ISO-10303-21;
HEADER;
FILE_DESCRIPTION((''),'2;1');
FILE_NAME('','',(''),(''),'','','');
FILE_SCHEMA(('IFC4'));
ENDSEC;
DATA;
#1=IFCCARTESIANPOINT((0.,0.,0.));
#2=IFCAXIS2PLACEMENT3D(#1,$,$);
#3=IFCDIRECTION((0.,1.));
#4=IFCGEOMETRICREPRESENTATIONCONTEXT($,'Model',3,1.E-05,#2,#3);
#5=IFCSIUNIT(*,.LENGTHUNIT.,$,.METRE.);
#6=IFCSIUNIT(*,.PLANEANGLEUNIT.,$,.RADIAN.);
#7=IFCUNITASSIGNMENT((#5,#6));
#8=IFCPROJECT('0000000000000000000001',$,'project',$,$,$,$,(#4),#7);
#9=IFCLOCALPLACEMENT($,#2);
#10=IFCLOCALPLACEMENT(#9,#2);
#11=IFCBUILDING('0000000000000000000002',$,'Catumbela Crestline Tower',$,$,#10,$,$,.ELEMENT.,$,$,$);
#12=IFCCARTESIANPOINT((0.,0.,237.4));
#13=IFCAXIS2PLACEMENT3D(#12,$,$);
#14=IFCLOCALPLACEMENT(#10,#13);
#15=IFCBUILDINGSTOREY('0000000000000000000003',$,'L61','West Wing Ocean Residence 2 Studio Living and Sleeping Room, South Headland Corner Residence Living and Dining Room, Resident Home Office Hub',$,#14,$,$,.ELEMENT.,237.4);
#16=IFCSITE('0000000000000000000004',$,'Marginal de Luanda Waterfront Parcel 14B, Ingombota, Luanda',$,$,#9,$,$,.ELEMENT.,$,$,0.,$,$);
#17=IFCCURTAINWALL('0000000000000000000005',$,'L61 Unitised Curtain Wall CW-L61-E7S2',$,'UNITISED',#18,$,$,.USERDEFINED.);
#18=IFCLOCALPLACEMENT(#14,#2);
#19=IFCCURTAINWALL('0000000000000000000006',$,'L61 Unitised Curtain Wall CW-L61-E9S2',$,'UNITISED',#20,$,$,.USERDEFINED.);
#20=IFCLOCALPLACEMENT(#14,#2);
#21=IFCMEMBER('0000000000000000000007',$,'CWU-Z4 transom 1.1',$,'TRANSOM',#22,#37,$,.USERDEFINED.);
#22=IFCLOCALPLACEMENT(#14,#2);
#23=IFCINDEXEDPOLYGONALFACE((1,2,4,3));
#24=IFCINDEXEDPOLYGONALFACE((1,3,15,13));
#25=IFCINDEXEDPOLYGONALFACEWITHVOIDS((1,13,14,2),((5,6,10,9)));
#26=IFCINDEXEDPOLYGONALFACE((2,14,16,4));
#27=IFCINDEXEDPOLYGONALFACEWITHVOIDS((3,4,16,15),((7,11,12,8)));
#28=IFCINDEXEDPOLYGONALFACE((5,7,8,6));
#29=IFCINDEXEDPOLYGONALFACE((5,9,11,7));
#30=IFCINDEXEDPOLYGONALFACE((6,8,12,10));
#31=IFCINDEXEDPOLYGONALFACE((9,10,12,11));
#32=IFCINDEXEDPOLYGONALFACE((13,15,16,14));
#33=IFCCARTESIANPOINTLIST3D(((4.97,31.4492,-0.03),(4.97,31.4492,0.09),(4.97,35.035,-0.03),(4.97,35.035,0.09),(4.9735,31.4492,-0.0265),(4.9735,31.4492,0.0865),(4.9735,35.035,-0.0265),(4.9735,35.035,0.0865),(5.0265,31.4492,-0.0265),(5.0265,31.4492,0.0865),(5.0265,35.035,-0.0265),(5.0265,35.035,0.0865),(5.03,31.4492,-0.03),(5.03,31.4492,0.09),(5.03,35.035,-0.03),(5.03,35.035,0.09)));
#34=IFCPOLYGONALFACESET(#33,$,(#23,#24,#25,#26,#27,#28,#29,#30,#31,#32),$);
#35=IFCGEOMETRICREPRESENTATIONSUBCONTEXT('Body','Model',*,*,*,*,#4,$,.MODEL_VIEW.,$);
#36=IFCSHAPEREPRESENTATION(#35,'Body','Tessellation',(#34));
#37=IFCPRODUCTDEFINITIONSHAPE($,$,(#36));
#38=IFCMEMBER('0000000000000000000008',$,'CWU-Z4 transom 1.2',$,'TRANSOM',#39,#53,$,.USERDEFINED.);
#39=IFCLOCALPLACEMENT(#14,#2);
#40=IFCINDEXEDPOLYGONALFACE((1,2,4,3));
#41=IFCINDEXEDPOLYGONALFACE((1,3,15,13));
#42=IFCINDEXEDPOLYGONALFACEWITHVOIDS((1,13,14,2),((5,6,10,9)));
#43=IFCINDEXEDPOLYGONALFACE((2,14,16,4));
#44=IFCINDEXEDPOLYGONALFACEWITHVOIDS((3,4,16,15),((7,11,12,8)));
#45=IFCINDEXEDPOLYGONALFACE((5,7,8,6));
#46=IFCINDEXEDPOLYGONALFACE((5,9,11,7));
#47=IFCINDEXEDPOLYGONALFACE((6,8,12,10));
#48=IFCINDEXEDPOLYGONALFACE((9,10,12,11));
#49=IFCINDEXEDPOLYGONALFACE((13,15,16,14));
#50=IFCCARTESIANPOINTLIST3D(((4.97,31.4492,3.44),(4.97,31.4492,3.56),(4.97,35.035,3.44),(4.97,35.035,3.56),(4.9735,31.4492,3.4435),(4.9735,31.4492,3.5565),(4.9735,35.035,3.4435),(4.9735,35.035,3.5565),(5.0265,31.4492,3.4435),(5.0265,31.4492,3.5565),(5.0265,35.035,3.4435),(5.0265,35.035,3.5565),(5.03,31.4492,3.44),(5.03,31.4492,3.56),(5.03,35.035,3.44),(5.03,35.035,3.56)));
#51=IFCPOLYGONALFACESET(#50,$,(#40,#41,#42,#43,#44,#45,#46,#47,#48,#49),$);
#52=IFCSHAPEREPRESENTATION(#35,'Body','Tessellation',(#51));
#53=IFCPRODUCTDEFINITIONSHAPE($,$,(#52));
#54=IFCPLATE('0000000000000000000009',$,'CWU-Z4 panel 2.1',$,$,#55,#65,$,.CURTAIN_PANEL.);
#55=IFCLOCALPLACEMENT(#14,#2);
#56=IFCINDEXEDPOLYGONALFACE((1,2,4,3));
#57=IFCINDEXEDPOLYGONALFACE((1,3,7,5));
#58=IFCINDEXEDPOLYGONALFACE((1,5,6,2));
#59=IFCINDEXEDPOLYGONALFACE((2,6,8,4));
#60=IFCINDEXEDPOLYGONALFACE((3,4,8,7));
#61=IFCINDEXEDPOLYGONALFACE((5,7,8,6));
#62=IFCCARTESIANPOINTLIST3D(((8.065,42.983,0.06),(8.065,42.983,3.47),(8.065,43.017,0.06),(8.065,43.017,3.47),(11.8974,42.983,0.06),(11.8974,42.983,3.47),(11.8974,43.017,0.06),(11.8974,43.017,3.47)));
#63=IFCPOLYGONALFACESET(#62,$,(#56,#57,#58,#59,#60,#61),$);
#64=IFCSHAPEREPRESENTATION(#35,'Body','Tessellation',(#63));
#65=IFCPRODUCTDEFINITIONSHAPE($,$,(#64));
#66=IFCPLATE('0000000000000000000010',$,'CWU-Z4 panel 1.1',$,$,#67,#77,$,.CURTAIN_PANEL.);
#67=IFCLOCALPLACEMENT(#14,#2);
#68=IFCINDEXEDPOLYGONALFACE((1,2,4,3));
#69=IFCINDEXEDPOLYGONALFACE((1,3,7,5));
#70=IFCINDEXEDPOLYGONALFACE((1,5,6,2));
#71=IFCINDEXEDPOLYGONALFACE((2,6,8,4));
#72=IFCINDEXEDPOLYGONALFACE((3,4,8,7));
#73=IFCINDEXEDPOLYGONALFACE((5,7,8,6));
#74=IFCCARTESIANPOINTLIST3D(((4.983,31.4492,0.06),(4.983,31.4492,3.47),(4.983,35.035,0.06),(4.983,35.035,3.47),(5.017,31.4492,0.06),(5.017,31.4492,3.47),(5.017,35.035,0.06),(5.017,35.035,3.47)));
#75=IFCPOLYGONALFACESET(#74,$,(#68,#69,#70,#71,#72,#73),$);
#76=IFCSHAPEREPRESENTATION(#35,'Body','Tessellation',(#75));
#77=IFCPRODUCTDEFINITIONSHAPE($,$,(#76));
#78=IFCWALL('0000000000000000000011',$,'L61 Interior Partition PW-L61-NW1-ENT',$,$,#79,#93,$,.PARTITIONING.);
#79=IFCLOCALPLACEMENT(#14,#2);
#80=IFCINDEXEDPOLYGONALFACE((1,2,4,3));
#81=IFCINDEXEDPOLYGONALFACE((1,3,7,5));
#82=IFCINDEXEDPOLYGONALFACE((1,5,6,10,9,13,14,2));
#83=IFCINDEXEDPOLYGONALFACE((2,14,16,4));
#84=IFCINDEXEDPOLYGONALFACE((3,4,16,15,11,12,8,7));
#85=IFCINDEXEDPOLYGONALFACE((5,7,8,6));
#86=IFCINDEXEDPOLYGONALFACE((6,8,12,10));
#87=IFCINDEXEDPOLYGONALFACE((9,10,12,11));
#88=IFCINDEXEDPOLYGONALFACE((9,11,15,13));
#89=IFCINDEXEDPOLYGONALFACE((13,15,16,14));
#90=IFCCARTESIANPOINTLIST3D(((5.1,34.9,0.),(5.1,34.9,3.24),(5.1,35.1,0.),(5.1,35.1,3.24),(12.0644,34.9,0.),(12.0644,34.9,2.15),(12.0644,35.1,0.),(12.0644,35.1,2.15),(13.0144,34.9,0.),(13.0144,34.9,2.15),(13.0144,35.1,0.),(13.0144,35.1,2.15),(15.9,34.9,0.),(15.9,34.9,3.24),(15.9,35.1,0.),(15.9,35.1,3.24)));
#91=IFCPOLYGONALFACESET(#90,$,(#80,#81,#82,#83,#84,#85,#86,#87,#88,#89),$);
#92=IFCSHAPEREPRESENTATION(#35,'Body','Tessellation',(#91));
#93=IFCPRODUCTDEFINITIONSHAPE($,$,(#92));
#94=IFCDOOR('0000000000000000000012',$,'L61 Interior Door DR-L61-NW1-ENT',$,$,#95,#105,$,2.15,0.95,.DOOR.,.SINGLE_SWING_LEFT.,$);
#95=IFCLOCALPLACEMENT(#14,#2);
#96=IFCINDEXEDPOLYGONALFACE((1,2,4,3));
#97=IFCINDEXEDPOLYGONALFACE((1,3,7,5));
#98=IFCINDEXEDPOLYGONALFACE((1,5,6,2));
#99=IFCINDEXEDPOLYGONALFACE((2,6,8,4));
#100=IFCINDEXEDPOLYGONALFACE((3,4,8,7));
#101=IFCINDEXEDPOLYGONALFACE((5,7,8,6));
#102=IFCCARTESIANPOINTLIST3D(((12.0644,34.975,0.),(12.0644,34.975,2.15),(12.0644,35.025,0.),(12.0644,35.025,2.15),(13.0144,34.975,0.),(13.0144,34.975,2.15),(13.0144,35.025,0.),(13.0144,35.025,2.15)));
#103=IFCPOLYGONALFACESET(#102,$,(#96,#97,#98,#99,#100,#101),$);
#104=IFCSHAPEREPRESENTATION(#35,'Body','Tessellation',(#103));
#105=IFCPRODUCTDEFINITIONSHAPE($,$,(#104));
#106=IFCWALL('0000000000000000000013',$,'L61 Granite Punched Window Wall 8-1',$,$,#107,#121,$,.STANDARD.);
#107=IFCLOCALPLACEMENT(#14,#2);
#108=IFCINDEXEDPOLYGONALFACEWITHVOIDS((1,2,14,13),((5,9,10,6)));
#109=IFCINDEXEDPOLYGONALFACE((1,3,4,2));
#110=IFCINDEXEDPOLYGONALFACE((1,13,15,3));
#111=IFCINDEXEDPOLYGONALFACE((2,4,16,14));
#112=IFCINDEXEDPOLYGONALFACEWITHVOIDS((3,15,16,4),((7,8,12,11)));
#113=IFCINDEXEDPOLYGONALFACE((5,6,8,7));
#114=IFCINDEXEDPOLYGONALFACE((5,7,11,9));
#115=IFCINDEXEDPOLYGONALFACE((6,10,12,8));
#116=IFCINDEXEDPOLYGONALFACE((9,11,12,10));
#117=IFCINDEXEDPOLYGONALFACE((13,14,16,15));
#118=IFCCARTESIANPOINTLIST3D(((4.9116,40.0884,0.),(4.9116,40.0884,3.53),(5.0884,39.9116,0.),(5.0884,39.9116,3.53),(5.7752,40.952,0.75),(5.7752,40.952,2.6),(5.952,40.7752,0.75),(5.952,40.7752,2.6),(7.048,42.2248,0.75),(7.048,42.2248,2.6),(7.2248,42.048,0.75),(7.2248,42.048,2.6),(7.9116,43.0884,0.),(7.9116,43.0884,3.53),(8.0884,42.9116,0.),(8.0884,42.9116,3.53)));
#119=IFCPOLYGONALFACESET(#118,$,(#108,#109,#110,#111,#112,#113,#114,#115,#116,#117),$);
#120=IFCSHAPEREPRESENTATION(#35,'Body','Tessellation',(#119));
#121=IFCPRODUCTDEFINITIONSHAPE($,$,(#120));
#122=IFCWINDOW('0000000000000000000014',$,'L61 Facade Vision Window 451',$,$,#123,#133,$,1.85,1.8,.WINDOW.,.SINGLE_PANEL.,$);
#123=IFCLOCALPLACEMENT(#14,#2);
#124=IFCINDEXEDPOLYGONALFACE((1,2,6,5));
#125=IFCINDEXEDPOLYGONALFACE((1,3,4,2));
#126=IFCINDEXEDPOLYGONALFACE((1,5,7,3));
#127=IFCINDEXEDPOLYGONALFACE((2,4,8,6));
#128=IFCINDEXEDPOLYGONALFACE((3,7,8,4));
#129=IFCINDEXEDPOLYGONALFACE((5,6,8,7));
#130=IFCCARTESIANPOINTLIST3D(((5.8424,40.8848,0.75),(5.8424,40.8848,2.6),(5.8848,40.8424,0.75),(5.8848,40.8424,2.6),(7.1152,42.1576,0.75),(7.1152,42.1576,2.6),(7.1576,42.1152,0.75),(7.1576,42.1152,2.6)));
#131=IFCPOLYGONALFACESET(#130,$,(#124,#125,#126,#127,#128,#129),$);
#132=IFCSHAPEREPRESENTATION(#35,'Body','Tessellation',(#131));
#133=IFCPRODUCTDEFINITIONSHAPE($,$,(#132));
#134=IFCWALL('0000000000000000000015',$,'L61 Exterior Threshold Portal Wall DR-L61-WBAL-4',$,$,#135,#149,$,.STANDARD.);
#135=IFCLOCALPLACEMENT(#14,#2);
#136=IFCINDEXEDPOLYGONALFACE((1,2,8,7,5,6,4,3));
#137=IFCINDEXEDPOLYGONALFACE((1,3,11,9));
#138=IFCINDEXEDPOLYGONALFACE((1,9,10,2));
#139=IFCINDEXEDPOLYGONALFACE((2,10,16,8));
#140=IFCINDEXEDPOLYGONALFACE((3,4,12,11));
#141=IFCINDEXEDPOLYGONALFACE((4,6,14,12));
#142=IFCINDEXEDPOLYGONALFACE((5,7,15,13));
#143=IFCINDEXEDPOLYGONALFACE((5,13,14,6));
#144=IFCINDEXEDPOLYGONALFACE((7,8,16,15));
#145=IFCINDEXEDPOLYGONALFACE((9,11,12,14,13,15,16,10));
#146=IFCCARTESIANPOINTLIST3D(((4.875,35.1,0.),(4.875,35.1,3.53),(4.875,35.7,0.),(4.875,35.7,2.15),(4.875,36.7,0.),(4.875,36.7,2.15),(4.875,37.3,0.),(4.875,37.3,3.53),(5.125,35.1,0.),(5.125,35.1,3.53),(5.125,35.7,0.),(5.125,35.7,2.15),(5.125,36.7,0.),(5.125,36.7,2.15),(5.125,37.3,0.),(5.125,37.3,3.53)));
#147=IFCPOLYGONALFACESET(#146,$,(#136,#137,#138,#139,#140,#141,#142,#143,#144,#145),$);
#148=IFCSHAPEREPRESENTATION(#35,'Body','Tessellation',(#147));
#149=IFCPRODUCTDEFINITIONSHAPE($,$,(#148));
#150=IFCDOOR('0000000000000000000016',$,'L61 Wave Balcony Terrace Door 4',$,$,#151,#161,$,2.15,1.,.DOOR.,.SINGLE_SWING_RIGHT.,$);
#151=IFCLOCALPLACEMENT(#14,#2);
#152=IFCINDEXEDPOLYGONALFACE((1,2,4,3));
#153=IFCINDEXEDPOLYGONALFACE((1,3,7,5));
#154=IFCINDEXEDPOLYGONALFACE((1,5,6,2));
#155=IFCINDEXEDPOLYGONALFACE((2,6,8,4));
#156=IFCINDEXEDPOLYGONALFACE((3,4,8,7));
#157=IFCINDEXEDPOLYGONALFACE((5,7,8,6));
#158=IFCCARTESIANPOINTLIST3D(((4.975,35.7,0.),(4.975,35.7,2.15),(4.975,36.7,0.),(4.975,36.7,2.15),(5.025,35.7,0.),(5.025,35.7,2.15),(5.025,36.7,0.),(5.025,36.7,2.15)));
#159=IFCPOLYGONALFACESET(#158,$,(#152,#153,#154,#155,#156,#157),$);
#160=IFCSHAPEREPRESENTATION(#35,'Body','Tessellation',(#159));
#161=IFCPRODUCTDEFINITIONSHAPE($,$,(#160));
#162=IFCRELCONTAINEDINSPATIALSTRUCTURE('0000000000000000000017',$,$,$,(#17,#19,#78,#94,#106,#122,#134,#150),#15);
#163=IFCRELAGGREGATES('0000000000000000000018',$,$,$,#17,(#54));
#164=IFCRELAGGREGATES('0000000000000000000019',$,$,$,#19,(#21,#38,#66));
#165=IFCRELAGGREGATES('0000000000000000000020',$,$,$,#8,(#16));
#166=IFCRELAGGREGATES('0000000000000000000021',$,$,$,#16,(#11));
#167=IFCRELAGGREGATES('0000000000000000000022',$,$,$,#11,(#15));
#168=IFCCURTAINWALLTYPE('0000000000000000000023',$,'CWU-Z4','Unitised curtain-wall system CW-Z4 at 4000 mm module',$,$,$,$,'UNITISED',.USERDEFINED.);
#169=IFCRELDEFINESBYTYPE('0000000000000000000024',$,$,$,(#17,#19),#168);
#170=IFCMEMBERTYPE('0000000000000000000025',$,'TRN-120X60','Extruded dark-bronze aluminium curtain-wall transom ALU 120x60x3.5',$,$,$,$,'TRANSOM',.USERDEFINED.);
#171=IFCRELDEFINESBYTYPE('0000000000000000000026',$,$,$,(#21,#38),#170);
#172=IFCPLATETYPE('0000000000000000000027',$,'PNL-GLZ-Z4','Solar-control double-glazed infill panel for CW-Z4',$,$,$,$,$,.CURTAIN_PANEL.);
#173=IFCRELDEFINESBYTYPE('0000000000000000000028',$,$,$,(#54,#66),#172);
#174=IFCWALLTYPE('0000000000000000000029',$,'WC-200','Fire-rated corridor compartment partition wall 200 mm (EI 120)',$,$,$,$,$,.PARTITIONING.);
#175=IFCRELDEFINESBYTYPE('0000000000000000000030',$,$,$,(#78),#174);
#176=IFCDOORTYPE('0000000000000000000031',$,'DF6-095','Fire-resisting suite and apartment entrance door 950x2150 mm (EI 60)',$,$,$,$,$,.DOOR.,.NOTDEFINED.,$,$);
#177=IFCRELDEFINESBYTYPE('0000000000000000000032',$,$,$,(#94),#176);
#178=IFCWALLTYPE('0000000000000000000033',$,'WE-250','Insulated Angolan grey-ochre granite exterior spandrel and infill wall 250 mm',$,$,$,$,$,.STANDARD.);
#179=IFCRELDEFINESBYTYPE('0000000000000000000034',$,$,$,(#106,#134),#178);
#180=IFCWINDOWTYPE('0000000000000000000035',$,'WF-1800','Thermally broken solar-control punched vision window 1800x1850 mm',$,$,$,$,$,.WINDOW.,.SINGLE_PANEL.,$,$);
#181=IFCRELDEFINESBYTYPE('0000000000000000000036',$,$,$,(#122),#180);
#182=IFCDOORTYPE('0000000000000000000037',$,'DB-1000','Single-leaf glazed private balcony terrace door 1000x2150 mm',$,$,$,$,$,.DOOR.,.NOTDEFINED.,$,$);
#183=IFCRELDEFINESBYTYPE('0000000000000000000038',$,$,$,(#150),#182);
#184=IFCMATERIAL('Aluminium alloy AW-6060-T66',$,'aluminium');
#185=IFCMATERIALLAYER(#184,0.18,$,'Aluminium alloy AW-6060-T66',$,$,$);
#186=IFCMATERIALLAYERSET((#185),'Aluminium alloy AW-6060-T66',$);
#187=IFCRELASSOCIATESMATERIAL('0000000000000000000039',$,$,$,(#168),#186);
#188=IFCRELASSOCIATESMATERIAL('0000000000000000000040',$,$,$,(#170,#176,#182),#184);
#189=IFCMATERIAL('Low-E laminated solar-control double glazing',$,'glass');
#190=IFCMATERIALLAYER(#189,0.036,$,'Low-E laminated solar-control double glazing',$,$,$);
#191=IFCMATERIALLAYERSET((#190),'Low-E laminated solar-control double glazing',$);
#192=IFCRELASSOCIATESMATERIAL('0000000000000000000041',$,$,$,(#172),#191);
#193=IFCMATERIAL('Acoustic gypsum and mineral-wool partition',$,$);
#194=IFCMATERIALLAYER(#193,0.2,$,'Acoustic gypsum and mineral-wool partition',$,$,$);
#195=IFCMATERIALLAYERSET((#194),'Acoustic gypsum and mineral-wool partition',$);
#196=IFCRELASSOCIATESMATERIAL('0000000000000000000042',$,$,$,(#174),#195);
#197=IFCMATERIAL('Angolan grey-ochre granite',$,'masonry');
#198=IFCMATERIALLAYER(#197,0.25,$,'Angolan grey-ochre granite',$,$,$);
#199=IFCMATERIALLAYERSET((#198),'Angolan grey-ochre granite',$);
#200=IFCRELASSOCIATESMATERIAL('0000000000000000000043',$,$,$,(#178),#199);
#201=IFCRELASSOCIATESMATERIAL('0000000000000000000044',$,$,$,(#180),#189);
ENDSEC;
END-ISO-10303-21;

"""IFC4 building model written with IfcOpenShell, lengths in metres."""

from ifc_helpers import new_model, si_unit, direction, frame, frame_2d, origin, origin_2d, place, context, subcontext, project, spatial, rectangle, hollow_rectangle, extrude, material, layer, layer_set, material_profile, profile_set, type_object, element, fill, aggregate, save


model = new_model("IFC4")

# Units and contexts
model_context = context("Model", 3, precision=1e-05, world=origin(), true_north=direction((0.0, 1.0)))
body_context = subcontext(model_context, "Body", "Model", "MODEL_VIEW")
ifc_project = project(units=[si_unit("LENGTHUNIT", "METRE"), si_unit("PLANEANGLEUNIT", "RADIAN")], contexts=[model_context])

# Site, building, storey
site_placement = place(None, origin())
site = spatial("IfcSite", under=ifc_project, at=site_placement, Name="Marginal de Luanda Waterfront Parcel 14B, Ingombota, Luanda", CompositionType="ELEMENT", RefElevation=0.0)
building_placement = place(site_placement, origin())
building = spatial("IfcBuilding", under=site, at=building_placement, Name="Catumbela Crestline Tower", CompositionType="ELEMENT")
storey_placement = place(building_placement, frame((0.0, 0.0, 237.4)))
storey = spatial("IfcBuildingStorey", under=building, at=storey_placement, Name="L61", Description="West Wing Ocean Residence 2 Studio Living and Sleeping Room, South Headland Corner Residence Living and Dining Room, Resident Home Office Hub", CompositionType="ELEMENT", Elevation=237.4)

# Curtain wall
ifc_material_1 = material(Name="Aluminium alloy AW-6060-T66", Category="aluminium")
ifc_layer_1 = layer(ifc_material_1, 0.18, Name="Aluminium alloy AW-6060-T66")
ifc_layer_set_1 = layer_set([ifc_layer_1], Name="Aluminium alloy AW-6060-T66")
curtain_wall_type = type_object("IfcCurtainWallType", Name="CWU-Z4", Description="Unitised curtain-wall system CW-Z4 at 4000 mm module", ElementType="UNITISED", PredefinedType="USERDEFINED", material=ifc_layer_set_1)
curtain_wall_1_placement = place(storey_placement, origin())
curtain_wall_1 = element("IfcCurtainWall", 1, at=curtain_wall_1_placement, inside=storey, type_object=curtain_wall_type, Name="L61 Unitised Curtain Wall CW-L61-E7S2", ObjectType="UNITISED", PredefinedType="USERDEFINED")

# Curtain wall
curtain_wall_2_placement = place(storey_placement, origin())
curtain_wall_2 = element("IfcCurtainWall", 2, at=curtain_wall_2_placement, inside=storey, type_object=curtain_wall_type, Name="L61 Unitised Curtain Wall CW-L61-E9S2", ObjectType="UNITISED", PredefinedType="USERDEFINED")

# Members
ifc_material_profile_1 = material_profile(ifc_material_1, hollow_rectangle(XDim=0.06, YDim=0.12, WallThickness=0.0035, at=origin_2d()), Name="ALU 120x60x3.5")
ifc_profile_set_1 = profile_set([ifc_material_profile_1], Name="Aluminium alloy AW-6060-T66")
member_type_1 = type_object("IfcMemberType", Name="TRN-120X60", Description="Extruded dark-bronze aluminium curtain-wall transom ALU 120x60x3.5", ElementType="TRANSOM", PredefinedType="USERDEFINED", material=ifc_profile_set_1)
member_1_placement = place(storey_placement, frame((5.0, 35.035, 0.03), z_axis=(0.0, -1.0, 0.0), x_axis=(1.0, 0.0, 0.0)))
member_1 = element("IfcMember", 3, at=member_1_placement, type_object=member_type_1, Name="CWU-Z4 transom 1.1", ObjectType="TRANSOM", PredefinedType="USERDEFINED", context=body_context, shape_type="SweptSolid", body=[
    extrude(hollow_rectangle(XDim=0.06, YDim=0.12, WallThickness=0.0035, at=origin_2d()), origin(), (0.0, 0.0, 1.0), 3.5858),
])
member_2_placement = place(storey_placement, frame((5.0, 35.035, 3.5), z_axis=(0.0, -1.0, 0.0), x_axis=(1.0, 0.0, 0.0)))
member_2 = element("IfcMember", 4, at=member_2_placement, type_object=member_type_1, Name="CWU-Z4 transom 1.2", ObjectType="TRANSOM", PredefinedType="USERDEFINED", context=body_context, shape_type="SweptSolid", body=[
    extrude(hollow_rectangle(XDim=0.06, YDim=0.12, WallThickness=0.0035, at=origin_2d()), origin(), (0.0, 0.0, 1.0), 3.5858),
])

# Plates
ifc_material_2 = material(Name="Low-E laminated solar-control double glazing", Category="glass")
ifc_layer_2 = layer(ifc_material_2, 0.036, Name="Low-E laminated solar-control double glazing")
ifc_layer_set_2 = layer_set([ifc_layer_2], Name="Low-E laminated solar-control double glazing")
plate_type = type_object("IfcPlateType", Name="PNL-GLZ-Z4", Description="Solar-control double-glazed infill panel for CW-Z4", PredefinedType="CURTAIN_PANEL", material=ifc_layer_set_2)
plate_1_placement = place(storey_placement, frame((9.9812, 43.0, 0.06), z_axis=(0.0, 0.0, 1.0), x_axis=(-1.0, 0.0, 0.0)))
plate_1 = element("IfcPlate", 5, at=plate_1_placement, type_object=plate_type, Name="CWU-Z4 panel 2.1", PredefinedType="CURTAIN_PANEL", context=body_context, shape_type="SweptSolid", body=[
    extrude(rectangle(XDim=3.8325, YDim=0.034, at=origin_2d()), origin(), (0.0, 0.0, 1.0), 3.41),
])
aggregate(curtain_wall_1, [plate_1])
plate_2_placement = place(storey_placement, frame((5.0, 33.2421, 0.06), z_axis=(0.0, 0.0, 1.0), x_axis=(0.0, -1.0, 0.0)))
plate_2 = element("IfcPlate", 6, at=plate_2_placement, type_object=plate_type, Name="CWU-Z4 panel 1.1", PredefinedType="CURTAIN_PANEL", context=body_context, shape_type="SweptSolid", body=[
    extrude(rectangle(XDim=3.5858, YDim=0.034, at=origin_2d()), origin(), (0.0, 0.0, 1.0), 3.41),
])
aggregate(curtain_wall_2, [member_1, member_2, plate_2])

# Wall, opening, door
ifc_material_3 = material(Name="Acoustic gypsum and mineral-wool partition")
ifc_layer_3 = layer(ifc_material_3, 0.2, Name="Acoustic gypsum and mineral-wool partition")
ifc_layer_set_3 = layer_set([ifc_layer_3], Name="Acoustic gypsum and mineral-wool partition")
wall_type_1 = type_object("IfcWallType", Name="WC-200", Description="Fire-rated corridor compartment partition wall 200 mm (EI 120)", PredefinedType="PARTITIONING", material=ifc_layer_set_3)
wall_1_placement = place(storey_placement, frame((5.1, 35.0, 0.0), z_axis=(0.0, 0.0, 1.0), x_axis=(1.0, 0.0, 0.0)))
wall_1 = element("IfcWall", 7, at=wall_1_placement, inside=storey, type_object=wall_type_1, Name="L61 Interior Partition PW-L61-NW1-ENT", PredefinedType="PARTITIONING", context=body_context, shape_type="SweptSolid", body=[
    extrude(rectangle(XDim=10.8, YDim=0.2, at=frame_2d((5.4, 0.0))), origin(), (0.0, 0.0, 1.0), 3.24),
])
opening_1_placement = place(wall_1_placement, frame((6.9644, 0.0, 0.0)))
opening_1 = element("IfcOpeningElement", 8, at=opening_1_placement, cuts=wall_1, PredefinedType="OPENING", context=body_context, shape_type="SweptSolid", body=[
    extrude(rectangle(XDim=0.95, YDim=2.15, at=frame_2d((0.475, 1.075))), frame((0.0, 0.11, 0.0), z_axis=(0.0, -1.0, 0.0), x_axis=(1.0, 0.0, 0.0)), (0.0, 0.0, 1.0), 0.22),
])
door_type_1 = type_object("IfcDoorType", Name="DF6-095", Description="Fire-resisting suite and apartment entrance door 950x2150 mm (EI 60)", OperationType="NOTDEFINED", PredefinedType="DOOR", material=ifc_material_1)
door_1_placement = place(opening_1_placement, origin())
door_1 = element("IfcDoor", 9, at=door_1_placement, inside=storey, type_object=door_type_1, Name="L61 Interior Door DR-L61-NW1-ENT", OperationType="SINGLE_SWING_LEFT", OverallHeight=2.15, OverallWidth=0.95, PredefinedType="DOOR", context=body_context, shape_type="SweptSolid", body=[
    extrude(rectangle(XDim=0.95, YDim=2.15, at=frame_2d((0.475, 1.075))), frame((0.0, 0.025, 0.0), z_axis=(0.0, -1.0, 0.0), x_axis=(1.0, 0.0, 0.0)), (0.0, 0.0, 1.0), 0.05),
])
fill(opening_1, door_1)

# Wall, opening, window
ifc_material_4 = material(Name="Angolan grey-ochre granite", Category="masonry")
ifc_layer_4 = layer(ifc_material_4, 0.25, Name="Angolan grey-ochre granite")
ifc_layer_set_4 = layer_set([ifc_layer_4], Name="Angolan grey-ochre granite")
wall_type_2 = type_object("IfcWallType", Name="WE-250", Description="Insulated Angolan grey-ochre granite exterior spandrel and infill wall 250 mm", PredefinedType="STANDARD", material=ifc_layer_set_4)
wall_2_placement = place(storey_placement, frame((8.0, 43.0, 0.0), z_axis=(0.0, 0.0, 1.0), x_axis=(-0.707107, -0.707107, 0.0)))
wall_2 = element("IfcWall", 10, at=wall_2_placement, inside=storey, type_object=wall_type_2, Name="L61 Granite Punched Window Wall 8-1", PredefinedType="STANDARD", context=body_context, shape_type="SweptSolid", body=[
    extrude(rectangle(XDim=4.2426, YDim=0.25, at=frame_2d((2.1213, 0.0))), origin(), (0.0, 0.0, 1.0), 3.53),
])
opening_2_placement = place(wall_2_placement, frame((1.2213, 0.0, 0.75)))
opening_2 = element("IfcOpeningElement", 11, at=opening_2_placement, cuts=wall_2, PredefinedType="OPENING", context=body_context, shape_type="SweptSolid", body=[
    extrude(rectangle(XDim=1.8, YDim=1.85, at=frame_2d((0.9, 0.925))), frame((0.0, 0.135, 0.0), z_axis=(0.0, -1.0, 0.0), x_axis=(1.0, 0.0, 0.0)), (0.0, 0.0, 1.0), 0.27),
])
window_type_1 = type_object("IfcWindowType", Name="WF-1800", Description="Thermally broken solar-control punched vision window 1800x1850 mm", PartitioningType="SINGLE_PANEL", PredefinedType="WINDOW", material=ifc_material_2)
window_1_placement = place(opening_2_placement, origin())
window_1 = element("IfcWindow", 12, at=window_1_placement, inside=storey, type_object=window_type_1, Name="L61 Facade Vision Window 451", OverallHeight=1.85, OverallWidth=1.8, PartitioningType="SINGLE_PANEL", PredefinedType="WINDOW", context=body_context, shape_type="SweptSolid", body=[
    extrude(rectangle(XDim=1.8, YDim=1.85, at=frame_2d((0.9, 0.925))), frame((0.0, 0.03, 0.0), z_axis=(0.0, -1.0, 0.0), x_axis=(1.0, 0.0, 0.0)), (0.0, 0.0, 1.0), 0.06),
])
fill(opening_2, window_1)

# Wall, opening, door
wall_3_placement = place(storey_placement, frame((5.0, 37.3, 0.0), z_axis=(0.0, 0.0, 1.0), x_axis=(0.0, -1.0, 0.0)))
wall_3 = element("IfcWall", 13, at=wall_3_placement, inside=storey, type_object=wall_type_2, Name="L61 Exterior Threshold Portal Wall DR-L61-WBAL-4", PredefinedType="STANDARD", context=body_context, shape_type="SweptSolid", body=[
    extrude(rectangle(XDim=2.2, YDim=0.25, at=frame_2d((1.1, 0.0))), origin(), (0.0, 0.0, 1.0), 3.53),
])
opening_3_placement = place(wall_3_placement, frame((0.6, 0.0, 0.0)))
opening_3 = element("IfcOpeningElement", 14, at=opening_3_placement, cuts=wall_3, PredefinedType="OPENING", context=body_context, shape_type="SweptSolid", body=[
    extrude(rectangle(XDim=1.0, YDim=2.15, at=frame_2d((0.5, 1.075))), frame((0.0, 0.135, 0.0), z_axis=(0.0, -1.0, 0.0), x_axis=(1.0, 0.0, 0.0)), (0.0, 0.0, 1.0), 0.27),
])
door_type_2 = type_object("IfcDoorType", Name="DB-1000", Description="Single-leaf glazed private balcony terrace door 1000x2150 mm", OperationType="NOTDEFINED", PredefinedType="DOOR", material=ifc_material_1)
door_2_placement = place(opening_3_placement, origin())
door_2 = element("IfcDoor", 15, at=door_2_placement, inside=storey, type_object=door_type_2, Name="L61 Wave Balcony Terrace Door 4", OperationType="SINGLE_SWING_RIGHT", OverallHeight=2.15, OverallWidth=1.0, PredefinedType="DOOR", context=body_context, shape_type="SweptSolid", body=[
    extrude(rectangle(XDim=1.0, YDim=2.15, at=frame_2d((0.5, 1.075))), frame((0.0, 0.025, 0.0), z_axis=(0.0, -1.0, 0.0), x_axis=(1.0, 0.0, 0.0)), (0.0, 0.0, 1.0), 0.05),
])
fill(opening_3, door_2)

save(model, "model.ifc")
